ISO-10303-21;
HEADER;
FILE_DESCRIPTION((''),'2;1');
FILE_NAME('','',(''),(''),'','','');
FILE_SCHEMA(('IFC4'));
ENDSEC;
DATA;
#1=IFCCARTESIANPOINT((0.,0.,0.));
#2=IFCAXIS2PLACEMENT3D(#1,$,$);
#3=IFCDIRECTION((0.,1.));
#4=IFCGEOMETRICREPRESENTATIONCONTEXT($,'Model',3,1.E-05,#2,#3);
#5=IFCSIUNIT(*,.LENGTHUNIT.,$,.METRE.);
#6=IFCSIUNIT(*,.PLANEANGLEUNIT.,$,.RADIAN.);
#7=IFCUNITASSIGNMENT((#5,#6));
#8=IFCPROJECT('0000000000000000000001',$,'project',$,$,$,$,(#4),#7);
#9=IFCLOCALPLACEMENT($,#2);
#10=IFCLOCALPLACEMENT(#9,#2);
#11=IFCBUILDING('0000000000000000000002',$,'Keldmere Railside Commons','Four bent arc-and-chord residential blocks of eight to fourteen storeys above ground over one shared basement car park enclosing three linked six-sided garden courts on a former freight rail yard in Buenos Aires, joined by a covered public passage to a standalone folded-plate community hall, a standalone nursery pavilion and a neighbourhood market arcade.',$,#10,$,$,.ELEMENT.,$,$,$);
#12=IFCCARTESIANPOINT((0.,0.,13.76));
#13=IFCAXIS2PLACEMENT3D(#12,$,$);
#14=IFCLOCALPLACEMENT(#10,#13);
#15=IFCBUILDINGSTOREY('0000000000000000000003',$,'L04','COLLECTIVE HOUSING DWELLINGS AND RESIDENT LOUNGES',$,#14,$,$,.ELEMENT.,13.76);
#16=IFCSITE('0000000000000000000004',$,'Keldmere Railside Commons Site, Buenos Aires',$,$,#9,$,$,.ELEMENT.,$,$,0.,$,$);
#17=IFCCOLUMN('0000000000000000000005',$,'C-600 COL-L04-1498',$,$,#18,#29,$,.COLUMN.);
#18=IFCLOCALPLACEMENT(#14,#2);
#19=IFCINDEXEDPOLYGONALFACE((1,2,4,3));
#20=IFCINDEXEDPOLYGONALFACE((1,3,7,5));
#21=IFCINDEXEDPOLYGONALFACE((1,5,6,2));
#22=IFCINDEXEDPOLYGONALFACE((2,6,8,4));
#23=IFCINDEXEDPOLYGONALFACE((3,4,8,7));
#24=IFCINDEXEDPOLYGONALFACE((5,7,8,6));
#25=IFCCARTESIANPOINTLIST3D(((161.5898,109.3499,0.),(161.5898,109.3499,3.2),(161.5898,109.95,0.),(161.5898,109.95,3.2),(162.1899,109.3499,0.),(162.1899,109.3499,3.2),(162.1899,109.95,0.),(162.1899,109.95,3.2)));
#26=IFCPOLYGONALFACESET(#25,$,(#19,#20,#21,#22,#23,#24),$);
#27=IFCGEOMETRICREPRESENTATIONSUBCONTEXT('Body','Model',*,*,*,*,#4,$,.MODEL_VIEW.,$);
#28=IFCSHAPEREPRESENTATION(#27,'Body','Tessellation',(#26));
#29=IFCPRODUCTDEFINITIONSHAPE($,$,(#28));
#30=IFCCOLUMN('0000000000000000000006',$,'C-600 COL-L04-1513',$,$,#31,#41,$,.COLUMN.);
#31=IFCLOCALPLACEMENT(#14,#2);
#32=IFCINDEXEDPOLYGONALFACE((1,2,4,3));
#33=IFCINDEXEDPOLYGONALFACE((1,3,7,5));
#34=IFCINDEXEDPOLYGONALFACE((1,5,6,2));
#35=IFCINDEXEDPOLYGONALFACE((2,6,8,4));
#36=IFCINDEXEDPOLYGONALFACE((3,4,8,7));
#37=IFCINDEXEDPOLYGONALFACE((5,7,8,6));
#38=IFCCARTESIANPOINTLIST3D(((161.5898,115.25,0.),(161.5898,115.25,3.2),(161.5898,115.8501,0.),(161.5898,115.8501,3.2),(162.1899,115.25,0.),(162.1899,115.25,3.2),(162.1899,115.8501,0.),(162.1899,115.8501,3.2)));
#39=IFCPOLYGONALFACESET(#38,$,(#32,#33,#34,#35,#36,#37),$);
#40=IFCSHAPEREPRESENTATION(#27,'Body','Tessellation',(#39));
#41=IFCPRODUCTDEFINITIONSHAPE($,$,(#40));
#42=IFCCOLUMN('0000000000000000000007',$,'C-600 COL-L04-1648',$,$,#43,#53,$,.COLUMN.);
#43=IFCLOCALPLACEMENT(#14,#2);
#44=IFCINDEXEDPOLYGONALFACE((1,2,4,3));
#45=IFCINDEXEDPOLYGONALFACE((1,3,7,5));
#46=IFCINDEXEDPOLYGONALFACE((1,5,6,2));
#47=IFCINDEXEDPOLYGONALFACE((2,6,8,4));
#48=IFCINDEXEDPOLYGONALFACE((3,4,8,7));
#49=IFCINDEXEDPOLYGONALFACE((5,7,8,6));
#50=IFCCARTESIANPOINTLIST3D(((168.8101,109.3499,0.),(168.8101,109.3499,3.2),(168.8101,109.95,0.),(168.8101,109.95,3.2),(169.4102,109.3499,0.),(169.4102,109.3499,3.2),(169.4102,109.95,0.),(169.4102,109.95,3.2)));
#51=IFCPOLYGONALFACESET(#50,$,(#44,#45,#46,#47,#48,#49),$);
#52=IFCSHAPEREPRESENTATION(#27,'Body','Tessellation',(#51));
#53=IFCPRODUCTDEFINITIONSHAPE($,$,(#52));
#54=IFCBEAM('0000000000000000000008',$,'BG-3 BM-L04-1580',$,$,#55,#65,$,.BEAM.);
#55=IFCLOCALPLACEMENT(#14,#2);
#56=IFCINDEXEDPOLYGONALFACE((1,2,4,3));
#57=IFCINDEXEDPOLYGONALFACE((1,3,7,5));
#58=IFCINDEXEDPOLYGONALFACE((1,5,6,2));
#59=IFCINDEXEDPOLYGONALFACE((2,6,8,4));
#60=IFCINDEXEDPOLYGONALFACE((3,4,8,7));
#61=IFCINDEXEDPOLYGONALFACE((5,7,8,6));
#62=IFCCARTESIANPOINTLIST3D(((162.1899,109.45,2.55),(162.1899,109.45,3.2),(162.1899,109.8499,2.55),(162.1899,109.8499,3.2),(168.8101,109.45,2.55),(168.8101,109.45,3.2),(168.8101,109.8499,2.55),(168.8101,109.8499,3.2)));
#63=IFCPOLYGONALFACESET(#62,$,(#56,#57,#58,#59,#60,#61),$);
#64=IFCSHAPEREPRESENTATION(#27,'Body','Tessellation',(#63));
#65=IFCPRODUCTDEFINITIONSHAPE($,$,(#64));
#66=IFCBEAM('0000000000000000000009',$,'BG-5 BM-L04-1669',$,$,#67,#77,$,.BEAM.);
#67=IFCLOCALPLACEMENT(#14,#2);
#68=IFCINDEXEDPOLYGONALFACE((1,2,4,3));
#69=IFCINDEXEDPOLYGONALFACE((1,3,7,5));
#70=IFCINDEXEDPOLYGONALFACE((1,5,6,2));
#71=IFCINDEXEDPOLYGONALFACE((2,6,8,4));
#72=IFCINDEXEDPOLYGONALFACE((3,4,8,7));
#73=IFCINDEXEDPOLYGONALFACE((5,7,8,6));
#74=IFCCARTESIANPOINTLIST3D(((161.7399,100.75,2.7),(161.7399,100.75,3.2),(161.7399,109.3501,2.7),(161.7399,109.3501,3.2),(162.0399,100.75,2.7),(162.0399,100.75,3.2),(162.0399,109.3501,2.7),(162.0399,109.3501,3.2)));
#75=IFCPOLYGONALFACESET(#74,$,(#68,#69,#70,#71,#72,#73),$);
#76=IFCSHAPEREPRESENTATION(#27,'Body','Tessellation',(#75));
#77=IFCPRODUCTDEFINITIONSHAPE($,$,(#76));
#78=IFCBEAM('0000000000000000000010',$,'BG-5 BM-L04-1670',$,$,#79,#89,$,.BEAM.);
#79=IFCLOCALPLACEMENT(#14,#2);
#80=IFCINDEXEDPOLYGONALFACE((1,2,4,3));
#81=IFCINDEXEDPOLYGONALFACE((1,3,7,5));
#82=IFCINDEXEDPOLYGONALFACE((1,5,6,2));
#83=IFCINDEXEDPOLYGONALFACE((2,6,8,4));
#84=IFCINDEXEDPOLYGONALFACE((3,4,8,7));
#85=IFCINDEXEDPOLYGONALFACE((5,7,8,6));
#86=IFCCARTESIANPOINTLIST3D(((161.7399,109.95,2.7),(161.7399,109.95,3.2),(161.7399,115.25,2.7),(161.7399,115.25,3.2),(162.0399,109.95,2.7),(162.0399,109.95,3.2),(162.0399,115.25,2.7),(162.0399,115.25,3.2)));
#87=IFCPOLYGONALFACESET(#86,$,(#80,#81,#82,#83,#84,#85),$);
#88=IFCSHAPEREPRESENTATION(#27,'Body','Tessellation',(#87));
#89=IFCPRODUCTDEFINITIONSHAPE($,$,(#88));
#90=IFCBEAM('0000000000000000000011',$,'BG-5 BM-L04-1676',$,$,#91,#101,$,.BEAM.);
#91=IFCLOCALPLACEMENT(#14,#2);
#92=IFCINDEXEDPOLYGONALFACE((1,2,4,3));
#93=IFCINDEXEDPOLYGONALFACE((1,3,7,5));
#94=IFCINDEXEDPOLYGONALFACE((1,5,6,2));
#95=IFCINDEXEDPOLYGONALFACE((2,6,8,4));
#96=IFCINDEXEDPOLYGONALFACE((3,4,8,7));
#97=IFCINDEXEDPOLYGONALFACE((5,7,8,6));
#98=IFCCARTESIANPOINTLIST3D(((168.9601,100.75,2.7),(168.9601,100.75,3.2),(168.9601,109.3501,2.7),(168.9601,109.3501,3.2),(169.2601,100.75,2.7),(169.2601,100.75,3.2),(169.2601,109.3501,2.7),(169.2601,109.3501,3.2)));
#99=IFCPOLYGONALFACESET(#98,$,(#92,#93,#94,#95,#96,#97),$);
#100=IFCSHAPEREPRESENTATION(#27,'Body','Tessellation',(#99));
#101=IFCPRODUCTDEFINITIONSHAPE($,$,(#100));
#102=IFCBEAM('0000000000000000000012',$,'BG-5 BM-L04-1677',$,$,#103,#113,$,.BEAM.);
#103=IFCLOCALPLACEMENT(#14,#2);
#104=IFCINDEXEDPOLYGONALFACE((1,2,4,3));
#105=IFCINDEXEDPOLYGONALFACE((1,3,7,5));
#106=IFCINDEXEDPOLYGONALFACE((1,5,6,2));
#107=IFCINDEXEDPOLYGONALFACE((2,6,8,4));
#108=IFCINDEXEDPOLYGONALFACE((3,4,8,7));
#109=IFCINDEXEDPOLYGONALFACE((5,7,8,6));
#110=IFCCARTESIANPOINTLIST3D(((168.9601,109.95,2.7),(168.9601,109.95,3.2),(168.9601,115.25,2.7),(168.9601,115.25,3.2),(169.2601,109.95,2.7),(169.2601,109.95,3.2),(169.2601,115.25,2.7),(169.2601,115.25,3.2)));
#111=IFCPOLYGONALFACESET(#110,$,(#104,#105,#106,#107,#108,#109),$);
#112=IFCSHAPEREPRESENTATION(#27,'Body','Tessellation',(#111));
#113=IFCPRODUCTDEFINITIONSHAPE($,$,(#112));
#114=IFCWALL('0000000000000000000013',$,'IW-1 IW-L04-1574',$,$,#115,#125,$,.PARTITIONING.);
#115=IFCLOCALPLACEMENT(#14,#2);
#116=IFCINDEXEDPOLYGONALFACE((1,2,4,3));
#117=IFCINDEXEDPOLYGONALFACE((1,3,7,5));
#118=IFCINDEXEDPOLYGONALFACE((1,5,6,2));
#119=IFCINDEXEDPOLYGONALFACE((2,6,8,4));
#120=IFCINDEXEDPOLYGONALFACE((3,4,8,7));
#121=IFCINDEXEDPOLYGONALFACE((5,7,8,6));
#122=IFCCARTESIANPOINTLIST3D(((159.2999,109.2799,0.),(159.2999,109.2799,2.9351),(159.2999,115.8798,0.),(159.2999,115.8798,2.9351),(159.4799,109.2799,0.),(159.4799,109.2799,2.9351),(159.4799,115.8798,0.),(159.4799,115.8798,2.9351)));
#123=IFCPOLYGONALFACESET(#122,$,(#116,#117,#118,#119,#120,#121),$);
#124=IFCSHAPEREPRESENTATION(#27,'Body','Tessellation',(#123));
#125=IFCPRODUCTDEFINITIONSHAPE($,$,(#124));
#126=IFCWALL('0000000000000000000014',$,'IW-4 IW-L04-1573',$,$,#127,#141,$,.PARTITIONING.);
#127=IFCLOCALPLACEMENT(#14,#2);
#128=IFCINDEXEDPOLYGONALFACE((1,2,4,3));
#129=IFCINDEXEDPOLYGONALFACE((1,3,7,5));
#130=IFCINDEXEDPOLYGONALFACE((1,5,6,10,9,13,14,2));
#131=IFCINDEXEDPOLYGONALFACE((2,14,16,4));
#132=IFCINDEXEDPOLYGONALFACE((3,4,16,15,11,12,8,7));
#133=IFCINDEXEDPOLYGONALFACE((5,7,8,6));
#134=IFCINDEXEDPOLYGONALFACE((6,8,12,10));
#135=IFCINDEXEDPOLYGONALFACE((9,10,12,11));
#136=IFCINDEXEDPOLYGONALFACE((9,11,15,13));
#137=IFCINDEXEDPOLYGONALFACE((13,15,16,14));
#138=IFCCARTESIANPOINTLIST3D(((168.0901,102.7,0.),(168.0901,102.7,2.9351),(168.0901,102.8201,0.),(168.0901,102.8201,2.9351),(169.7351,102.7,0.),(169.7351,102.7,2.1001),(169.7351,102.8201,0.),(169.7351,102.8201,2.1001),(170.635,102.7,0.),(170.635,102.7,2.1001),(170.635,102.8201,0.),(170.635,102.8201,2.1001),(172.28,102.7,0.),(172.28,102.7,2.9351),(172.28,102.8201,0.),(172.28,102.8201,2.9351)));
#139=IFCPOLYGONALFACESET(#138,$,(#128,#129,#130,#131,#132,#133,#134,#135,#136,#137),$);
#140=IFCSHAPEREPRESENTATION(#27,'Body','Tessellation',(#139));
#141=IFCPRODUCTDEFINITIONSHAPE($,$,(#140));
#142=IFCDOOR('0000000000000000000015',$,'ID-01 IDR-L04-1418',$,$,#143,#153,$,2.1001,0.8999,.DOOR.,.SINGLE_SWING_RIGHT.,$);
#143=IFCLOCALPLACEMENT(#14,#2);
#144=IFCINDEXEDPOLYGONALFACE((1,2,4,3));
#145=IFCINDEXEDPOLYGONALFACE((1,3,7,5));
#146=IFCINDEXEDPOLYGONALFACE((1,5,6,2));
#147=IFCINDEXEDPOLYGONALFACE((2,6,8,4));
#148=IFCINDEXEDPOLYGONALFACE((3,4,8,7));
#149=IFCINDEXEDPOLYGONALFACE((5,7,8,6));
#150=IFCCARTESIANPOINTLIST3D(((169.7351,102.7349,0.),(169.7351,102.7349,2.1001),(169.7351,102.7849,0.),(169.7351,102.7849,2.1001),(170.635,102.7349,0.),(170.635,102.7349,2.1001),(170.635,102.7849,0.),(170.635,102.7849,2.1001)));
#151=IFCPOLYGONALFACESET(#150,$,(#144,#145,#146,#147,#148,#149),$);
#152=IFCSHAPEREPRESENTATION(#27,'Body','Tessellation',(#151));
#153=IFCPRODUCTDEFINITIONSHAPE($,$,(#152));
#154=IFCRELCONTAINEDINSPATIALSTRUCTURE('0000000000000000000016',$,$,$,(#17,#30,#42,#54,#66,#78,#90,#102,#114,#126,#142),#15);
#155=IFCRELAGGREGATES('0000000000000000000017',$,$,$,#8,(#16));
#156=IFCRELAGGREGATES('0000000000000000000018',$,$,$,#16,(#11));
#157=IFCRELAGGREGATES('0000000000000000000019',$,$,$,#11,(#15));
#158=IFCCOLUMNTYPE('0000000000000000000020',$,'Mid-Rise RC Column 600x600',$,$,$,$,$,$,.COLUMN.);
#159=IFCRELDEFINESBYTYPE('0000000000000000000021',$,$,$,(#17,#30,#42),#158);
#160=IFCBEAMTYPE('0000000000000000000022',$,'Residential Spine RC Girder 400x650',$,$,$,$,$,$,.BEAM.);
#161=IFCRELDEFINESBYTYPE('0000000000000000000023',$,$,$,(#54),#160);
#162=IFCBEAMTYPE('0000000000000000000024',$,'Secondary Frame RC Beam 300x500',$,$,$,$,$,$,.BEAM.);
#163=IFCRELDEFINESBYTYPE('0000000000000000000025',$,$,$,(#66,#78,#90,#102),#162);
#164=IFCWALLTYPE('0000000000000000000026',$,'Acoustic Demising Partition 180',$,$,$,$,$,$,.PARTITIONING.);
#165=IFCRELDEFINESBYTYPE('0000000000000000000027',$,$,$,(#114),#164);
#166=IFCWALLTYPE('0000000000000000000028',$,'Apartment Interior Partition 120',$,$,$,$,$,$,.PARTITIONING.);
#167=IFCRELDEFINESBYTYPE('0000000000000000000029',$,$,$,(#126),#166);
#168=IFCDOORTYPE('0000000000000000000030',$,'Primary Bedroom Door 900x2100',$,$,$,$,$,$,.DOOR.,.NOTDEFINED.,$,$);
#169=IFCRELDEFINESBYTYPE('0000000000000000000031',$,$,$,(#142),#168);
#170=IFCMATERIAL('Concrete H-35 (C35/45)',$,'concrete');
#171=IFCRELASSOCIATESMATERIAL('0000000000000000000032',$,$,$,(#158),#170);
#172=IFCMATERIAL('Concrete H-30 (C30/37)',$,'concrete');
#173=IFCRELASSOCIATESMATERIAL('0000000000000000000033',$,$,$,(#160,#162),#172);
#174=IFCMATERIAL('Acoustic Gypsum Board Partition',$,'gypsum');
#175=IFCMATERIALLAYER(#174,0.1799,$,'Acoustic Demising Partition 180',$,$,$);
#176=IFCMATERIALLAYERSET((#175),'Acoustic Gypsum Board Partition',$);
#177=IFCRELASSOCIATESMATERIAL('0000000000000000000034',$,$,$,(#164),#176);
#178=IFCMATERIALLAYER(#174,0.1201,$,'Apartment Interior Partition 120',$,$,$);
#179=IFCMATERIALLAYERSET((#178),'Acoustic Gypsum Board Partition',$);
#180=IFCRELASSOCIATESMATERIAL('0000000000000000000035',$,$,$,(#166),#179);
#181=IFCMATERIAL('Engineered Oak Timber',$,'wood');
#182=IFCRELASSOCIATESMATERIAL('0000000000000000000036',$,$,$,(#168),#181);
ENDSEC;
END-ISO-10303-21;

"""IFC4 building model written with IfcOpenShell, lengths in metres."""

from ifc_helpers import new_model, si_unit, direction, frame, frame_2d, origin, origin_2d, place, context, subcontext, project, spatial, rectangle, extrude, material, layer, layer_set, material_profile, profile_set, type_object, element, fill, save


model = new_model("IFC4")

# Units and contexts
model_context = context("Model", 3, precision=1e-05, world=origin(), true_north=direction((0.0, 1.0)))
body_context = subcontext(model_context, "Body", "Model", "MODEL_VIEW")
ifc_project = project(units=[si_unit("LENGTHUNIT", "METRE"), si_unit("PLANEANGLEUNIT", "RADIAN")], contexts=[model_context])

# Site, building, storey
site_placement = place(None, origin())
site = spatial("IfcSite", under=ifc_project, at=site_placement, Name="Keldmere Railside Commons Site, Buenos Aires", CompositionType="ELEMENT", RefElevation=0.0)
building_placement = place(site_placement, origin())
building = spatial("IfcBuilding", under=site, at=building_placement, Name="Keldmere Railside Commons", Description="Four bent arc-and-chord residential blocks of eight to fourteen storeys above ground over one shared basement car park enclosing three linked six-sided garden courts on a former freight rail yard in Buenos Aires, joined by a covered public passage to a standalone folded-plate community hall, a standalone nursery pavilion and a neighbourhood market arcade.", CompositionType="ELEMENT")
storey_placement = place(building_placement, frame((0.0, 0.0, 13.76)))
storey = spatial("IfcBuildingStorey", under=building, at=storey_placement, Name="L04", Description="COLLECTIVE HOUSING DWELLINGS AND RESIDENT LOUNGES", CompositionType="ELEMENT", Elevation=13.76)

# Columns
ifc_material_1 = material(Name="Concrete H-35 (C35/45)", Category="concrete")
ifc_material_profile_1 = material_profile(ifc_material_1, rectangle(XDim=0.6001, YDim=0.6001, at=origin_2d()), Name="RC-600x600")
ifc_profile_set_1 = profile_set([ifc_material_profile_1], Name="Concrete H-35 (C35/45)")
column_type = type_object("IfcColumnType", Name="Mid-Rise RC Column 600x600", PredefinedType="COLUMN", material=ifc_profile_set_1)
for number, where, z_axis, x_axis, name in (
    (1, (161.8899, 109.6499, 0.0), (0.0, 0.0, 1.0), (1.0, 0.0, 0.0), "C-600 COL-L04-1498"),
    (2, (161.8899, 115.55, 0.0), (0.0, 0.0, 1.0), (1.0, 0.0, 0.0), "C-600 COL-L04-1513"),
    (3, (169.1101, 109.6499, 0.0), (0.0, 0.0, 1.0), (1.0, 0.0, 0.0), "C-600 COL-L04-1648"),
):
    element("IfcColumn", number, at=place(storey_placement, frame(where, z_axis=z_axis, x_axis=x_axis)), inside=storey, type_object=column_type, Name=name, PredefinedType="COLUMN", context=body_context, shape_type="SweptSolid", body=[
        extrude(rectangle(XDim=0.6001, YDim=0.6001, at=origin_2d()), origin(), (0.0, 0.0, 1.0), 3.2),
    ])

# Beams
ifc_material_2 = material(Name="Concrete H-30 (C30/37)", Category="concrete")
ifc_material_profile_2 = material_profile(ifc_material_2, rectangle(XDim=0.3999, YDim=0.6499, at=origin_2d()), Name="RC-400x650")
ifc_profile_set_2 = profile_set([ifc_material_profile_2], Name="Concrete H-30 (C30/37)")
beam_type_1 = type_object("IfcBeamType", Name="Residential Spine RC Girder 400x650", PredefinedType="BEAM", material=ifc_profile_set_2)
beam_1_placement = place(storey_placement, frame((162.1899, 109.6499, 2.875), z_axis=(1.0, 0.0, 0.0), x_axis=(0.0, 1.0, 0.0)))
element("IfcBeam", 4, at=beam_1_placement, inside=storey, type_object=beam_type_1, Name="BG-3 BM-L04-1580", PredefinedType="BEAM", context=body_context, shape_type="SweptSolid", body=[
    extrude(rectangle(XDim=0.3999, YDim=0.6499, at=origin_2d()), origin(), (0.0, 0.0, 1.0), 6.6201),
])
ifc_material_profile_3 = material_profile(ifc_material_2, rectangle(XDim=0.3, YDim=0.5, at=origin_2d()), Name="RC-300x500")
ifc_profile_set_3 = profile_set([ifc_material_profile_3], Name="Concrete H-30 (C30/37)")
beam_type_2 = type_object("IfcBeamType", Name="Secondary Frame RC Beam 300x500", PredefinedType="BEAM", material=ifc_profile_set_3)
beam_2_placement = place(storey_placement, frame((161.8899, 100.75, 2.95), z_axis=(0.0, 1.0, 0.0), x_axis=(-1.0, 0.0, 0.0)))
element("IfcBeam", 5, at=beam_2_placement, inside=storey, type_object=beam_type_2, Name="BG-5 BM-L04-1669", PredefinedType="BEAM", context=body_context, shape_type="SweptSolid", body=[
    extrude(rectangle(XDim=0.3, YDim=0.5, at=origin_2d()), origin(), (0.0, 0.0, 1.0), 8.6001),
])
beam_3_placement = place(storey_placement, frame((161.8899, 109.95, 2.95), z_axis=(0.0, 1.0, 0.0), x_axis=(-1.0, 0.0, 0.0)))
element("IfcBeam", 6, at=beam_3_placement, inside=storey, type_object=beam_type_2, Name="BG-5 BM-L04-1670", PredefinedType="BEAM", context=body_context, shape_type="SweptSolid", body=[
    extrude(rectangle(XDim=0.3, YDim=0.5, at=origin_2d()), origin(), (0.0, 0.0, 1.0), 5.3),
])
beam_4_placement = place(storey_placement, frame((169.1101, 100.75, 2.95), z_axis=(0.0, 1.0, 0.0), x_axis=(-1.0, 0.0, 0.0)))
element("IfcBeam", 7, at=beam_4_placement, inside=storey, type_object=beam_type_2, Name="BG-5 BM-L04-1676", PredefinedType="BEAM", context=body_context, shape_type="SweptSolid", body=[
    extrude(rectangle(XDim=0.3, YDim=0.5, at=origin_2d()), origin(), (0.0, 0.0, 1.0), 8.6001),
])
beam_5_placement = place(storey_placement, frame((169.1101, 109.95, 2.95), z_axis=(0.0, 1.0, 0.0), x_axis=(-1.0, 0.0, 0.0)))
element("IfcBeam", 8, at=beam_5_placement, inside=storey, type_object=beam_type_2, Name="BG-5 BM-L04-1677", PredefinedType="BEAM", context=body_context, shape_type="SweptSolid", body=[
    extrude(rectangle(XDim=0.3, YDim=0.5, at=origin_2d()), origin(), (0.0, 0.0, 1.0), 5.3),
])

# Wall
ifc_material_3 = material(Name="Acoustic Gypsum Board Partition", Category="gypsum")
ifc_layer_1 = layer(ifc_material_3, 0.1799, Name="Acoustic Demising Partition 180")
ifc_layer_set_1 = layer_set([ifc_layer_1], Name="Acoustic Gypsum Board Partition")
wall_type_1 = type_object("IfcWallType", Name="Acoustic Demising Partition 180", PredefinedType="PARTITIONING", material=ifc_layer_set_1)
wall_1_placement = place(storey_placement, frame((159.3899, 109.28, 0.0), z_axis=(0.0, 0.0, 1.0), x_axis=(0.0, 1.0, 0.0)))
element("IfcWall", 9, at=wall_1_placement, inside=storey, type_object=wall_type_1, Name="IW-1 IW-L04-1574", PredefinedType="PARTITIONING", context=body_context, shape_type="SweptSolid", body=[
    extrude(rectangle(XDim=6.5999, YDim=0.1799, at=frame_2d((3.2998, 0.0))), origin(), (0.0, 0.0, 1.0), 2.9351),
])

# Wall, opening, door
ifc_layer_2 = layer(ifc_material_3, 0.1201, Name="Apartment Interior Partition 120")
ifc_layer_set_2 = layer_set([ifc_layer_2], Name="Acoustic Gypsum Board Partition")
wall_type_2 = type_object("IfcWallType", Name="Apartment Interior Partition 120", PredefinedType="PARTITIONING", material=ifc_layer_set_2)
wall_2_placement = place(storey_placement, frame((168.0901, 102.76, 0.0), z_axis=(0.0, 0.0, 1.0), x_axis=(1.0, 0.0, 0.0)))
wall_2 = element("IfcWall", 10, at=wall_2_placement, inside=storey, type_object=wall_type_2, Name="IW-4 IW-L04-1573", PredefinedType="PARTITIONING", context=body_context, shape_type="SweptSolid", body=[
    extrude(rectangle(XDim=4.1899, YDim=0.1201, at=frame_2d((2.095, 0.0))), origin(), (0.0, 0.0, 1.0), 2.9351),
])
opening_1_placement = place(wall_2_placement, frame((1.645, 0.0, 0.0)))
opening_1 = element("IfcOpeningElement", 11, at=opening_1_placement, cuts=wall_2, PredefinedType="OPENING", context=body_context, shape_type="SweptSolid", body=[
    extrude(rectangle(XDim=0.8999, YDim=2.1001, at=frame_2d((0.45, 1.05))), frame((0.0, 0.0701, 0.0), z_axis=(0.0, -1.0, 0.0), x_axis=(1.0, 0.0, 0.0)), (0.0, 0.0, 1.0), 0.1401),
])
ifc_material_4 = material(Name="Engineered Oak Timber", Category="wood")
door_type_1 = type_object("IfcDoorType", Name="Primary Bedroom Door 900x2100", OperationType="NOTDEFINED", PredefinedType="DOOR", material=ifc_material_4)
door_1_placement = place(opening_1_placement, origin())
door_1 = element("IfcDoor", 12, at=door_1_placement, inside=storey, type_object=door_type_1, Name="ID-01 IDR-L04-1418", OperationType="SINGLE_SWING_RIGHT", OverallHeight=2.1001, OverallWidth=0.8999, PredefinedType="DOOR", context=body_context, shape_type="SweptSolid", body=[
    extrude(rectangle(XDim=0.8999, YDim=2.1001, at=frame_2d((0.45, 1.05))), frame((0.0, 0.0249, 0.0), z_axis=(0.0, -1.0, 0.0), x_axis=(1.0, 0.0, 0.0)), (0.0, 0.0, 1.0), 0.05),
])
fill(opening_1, door_1)

save(model, "model.ifc")
